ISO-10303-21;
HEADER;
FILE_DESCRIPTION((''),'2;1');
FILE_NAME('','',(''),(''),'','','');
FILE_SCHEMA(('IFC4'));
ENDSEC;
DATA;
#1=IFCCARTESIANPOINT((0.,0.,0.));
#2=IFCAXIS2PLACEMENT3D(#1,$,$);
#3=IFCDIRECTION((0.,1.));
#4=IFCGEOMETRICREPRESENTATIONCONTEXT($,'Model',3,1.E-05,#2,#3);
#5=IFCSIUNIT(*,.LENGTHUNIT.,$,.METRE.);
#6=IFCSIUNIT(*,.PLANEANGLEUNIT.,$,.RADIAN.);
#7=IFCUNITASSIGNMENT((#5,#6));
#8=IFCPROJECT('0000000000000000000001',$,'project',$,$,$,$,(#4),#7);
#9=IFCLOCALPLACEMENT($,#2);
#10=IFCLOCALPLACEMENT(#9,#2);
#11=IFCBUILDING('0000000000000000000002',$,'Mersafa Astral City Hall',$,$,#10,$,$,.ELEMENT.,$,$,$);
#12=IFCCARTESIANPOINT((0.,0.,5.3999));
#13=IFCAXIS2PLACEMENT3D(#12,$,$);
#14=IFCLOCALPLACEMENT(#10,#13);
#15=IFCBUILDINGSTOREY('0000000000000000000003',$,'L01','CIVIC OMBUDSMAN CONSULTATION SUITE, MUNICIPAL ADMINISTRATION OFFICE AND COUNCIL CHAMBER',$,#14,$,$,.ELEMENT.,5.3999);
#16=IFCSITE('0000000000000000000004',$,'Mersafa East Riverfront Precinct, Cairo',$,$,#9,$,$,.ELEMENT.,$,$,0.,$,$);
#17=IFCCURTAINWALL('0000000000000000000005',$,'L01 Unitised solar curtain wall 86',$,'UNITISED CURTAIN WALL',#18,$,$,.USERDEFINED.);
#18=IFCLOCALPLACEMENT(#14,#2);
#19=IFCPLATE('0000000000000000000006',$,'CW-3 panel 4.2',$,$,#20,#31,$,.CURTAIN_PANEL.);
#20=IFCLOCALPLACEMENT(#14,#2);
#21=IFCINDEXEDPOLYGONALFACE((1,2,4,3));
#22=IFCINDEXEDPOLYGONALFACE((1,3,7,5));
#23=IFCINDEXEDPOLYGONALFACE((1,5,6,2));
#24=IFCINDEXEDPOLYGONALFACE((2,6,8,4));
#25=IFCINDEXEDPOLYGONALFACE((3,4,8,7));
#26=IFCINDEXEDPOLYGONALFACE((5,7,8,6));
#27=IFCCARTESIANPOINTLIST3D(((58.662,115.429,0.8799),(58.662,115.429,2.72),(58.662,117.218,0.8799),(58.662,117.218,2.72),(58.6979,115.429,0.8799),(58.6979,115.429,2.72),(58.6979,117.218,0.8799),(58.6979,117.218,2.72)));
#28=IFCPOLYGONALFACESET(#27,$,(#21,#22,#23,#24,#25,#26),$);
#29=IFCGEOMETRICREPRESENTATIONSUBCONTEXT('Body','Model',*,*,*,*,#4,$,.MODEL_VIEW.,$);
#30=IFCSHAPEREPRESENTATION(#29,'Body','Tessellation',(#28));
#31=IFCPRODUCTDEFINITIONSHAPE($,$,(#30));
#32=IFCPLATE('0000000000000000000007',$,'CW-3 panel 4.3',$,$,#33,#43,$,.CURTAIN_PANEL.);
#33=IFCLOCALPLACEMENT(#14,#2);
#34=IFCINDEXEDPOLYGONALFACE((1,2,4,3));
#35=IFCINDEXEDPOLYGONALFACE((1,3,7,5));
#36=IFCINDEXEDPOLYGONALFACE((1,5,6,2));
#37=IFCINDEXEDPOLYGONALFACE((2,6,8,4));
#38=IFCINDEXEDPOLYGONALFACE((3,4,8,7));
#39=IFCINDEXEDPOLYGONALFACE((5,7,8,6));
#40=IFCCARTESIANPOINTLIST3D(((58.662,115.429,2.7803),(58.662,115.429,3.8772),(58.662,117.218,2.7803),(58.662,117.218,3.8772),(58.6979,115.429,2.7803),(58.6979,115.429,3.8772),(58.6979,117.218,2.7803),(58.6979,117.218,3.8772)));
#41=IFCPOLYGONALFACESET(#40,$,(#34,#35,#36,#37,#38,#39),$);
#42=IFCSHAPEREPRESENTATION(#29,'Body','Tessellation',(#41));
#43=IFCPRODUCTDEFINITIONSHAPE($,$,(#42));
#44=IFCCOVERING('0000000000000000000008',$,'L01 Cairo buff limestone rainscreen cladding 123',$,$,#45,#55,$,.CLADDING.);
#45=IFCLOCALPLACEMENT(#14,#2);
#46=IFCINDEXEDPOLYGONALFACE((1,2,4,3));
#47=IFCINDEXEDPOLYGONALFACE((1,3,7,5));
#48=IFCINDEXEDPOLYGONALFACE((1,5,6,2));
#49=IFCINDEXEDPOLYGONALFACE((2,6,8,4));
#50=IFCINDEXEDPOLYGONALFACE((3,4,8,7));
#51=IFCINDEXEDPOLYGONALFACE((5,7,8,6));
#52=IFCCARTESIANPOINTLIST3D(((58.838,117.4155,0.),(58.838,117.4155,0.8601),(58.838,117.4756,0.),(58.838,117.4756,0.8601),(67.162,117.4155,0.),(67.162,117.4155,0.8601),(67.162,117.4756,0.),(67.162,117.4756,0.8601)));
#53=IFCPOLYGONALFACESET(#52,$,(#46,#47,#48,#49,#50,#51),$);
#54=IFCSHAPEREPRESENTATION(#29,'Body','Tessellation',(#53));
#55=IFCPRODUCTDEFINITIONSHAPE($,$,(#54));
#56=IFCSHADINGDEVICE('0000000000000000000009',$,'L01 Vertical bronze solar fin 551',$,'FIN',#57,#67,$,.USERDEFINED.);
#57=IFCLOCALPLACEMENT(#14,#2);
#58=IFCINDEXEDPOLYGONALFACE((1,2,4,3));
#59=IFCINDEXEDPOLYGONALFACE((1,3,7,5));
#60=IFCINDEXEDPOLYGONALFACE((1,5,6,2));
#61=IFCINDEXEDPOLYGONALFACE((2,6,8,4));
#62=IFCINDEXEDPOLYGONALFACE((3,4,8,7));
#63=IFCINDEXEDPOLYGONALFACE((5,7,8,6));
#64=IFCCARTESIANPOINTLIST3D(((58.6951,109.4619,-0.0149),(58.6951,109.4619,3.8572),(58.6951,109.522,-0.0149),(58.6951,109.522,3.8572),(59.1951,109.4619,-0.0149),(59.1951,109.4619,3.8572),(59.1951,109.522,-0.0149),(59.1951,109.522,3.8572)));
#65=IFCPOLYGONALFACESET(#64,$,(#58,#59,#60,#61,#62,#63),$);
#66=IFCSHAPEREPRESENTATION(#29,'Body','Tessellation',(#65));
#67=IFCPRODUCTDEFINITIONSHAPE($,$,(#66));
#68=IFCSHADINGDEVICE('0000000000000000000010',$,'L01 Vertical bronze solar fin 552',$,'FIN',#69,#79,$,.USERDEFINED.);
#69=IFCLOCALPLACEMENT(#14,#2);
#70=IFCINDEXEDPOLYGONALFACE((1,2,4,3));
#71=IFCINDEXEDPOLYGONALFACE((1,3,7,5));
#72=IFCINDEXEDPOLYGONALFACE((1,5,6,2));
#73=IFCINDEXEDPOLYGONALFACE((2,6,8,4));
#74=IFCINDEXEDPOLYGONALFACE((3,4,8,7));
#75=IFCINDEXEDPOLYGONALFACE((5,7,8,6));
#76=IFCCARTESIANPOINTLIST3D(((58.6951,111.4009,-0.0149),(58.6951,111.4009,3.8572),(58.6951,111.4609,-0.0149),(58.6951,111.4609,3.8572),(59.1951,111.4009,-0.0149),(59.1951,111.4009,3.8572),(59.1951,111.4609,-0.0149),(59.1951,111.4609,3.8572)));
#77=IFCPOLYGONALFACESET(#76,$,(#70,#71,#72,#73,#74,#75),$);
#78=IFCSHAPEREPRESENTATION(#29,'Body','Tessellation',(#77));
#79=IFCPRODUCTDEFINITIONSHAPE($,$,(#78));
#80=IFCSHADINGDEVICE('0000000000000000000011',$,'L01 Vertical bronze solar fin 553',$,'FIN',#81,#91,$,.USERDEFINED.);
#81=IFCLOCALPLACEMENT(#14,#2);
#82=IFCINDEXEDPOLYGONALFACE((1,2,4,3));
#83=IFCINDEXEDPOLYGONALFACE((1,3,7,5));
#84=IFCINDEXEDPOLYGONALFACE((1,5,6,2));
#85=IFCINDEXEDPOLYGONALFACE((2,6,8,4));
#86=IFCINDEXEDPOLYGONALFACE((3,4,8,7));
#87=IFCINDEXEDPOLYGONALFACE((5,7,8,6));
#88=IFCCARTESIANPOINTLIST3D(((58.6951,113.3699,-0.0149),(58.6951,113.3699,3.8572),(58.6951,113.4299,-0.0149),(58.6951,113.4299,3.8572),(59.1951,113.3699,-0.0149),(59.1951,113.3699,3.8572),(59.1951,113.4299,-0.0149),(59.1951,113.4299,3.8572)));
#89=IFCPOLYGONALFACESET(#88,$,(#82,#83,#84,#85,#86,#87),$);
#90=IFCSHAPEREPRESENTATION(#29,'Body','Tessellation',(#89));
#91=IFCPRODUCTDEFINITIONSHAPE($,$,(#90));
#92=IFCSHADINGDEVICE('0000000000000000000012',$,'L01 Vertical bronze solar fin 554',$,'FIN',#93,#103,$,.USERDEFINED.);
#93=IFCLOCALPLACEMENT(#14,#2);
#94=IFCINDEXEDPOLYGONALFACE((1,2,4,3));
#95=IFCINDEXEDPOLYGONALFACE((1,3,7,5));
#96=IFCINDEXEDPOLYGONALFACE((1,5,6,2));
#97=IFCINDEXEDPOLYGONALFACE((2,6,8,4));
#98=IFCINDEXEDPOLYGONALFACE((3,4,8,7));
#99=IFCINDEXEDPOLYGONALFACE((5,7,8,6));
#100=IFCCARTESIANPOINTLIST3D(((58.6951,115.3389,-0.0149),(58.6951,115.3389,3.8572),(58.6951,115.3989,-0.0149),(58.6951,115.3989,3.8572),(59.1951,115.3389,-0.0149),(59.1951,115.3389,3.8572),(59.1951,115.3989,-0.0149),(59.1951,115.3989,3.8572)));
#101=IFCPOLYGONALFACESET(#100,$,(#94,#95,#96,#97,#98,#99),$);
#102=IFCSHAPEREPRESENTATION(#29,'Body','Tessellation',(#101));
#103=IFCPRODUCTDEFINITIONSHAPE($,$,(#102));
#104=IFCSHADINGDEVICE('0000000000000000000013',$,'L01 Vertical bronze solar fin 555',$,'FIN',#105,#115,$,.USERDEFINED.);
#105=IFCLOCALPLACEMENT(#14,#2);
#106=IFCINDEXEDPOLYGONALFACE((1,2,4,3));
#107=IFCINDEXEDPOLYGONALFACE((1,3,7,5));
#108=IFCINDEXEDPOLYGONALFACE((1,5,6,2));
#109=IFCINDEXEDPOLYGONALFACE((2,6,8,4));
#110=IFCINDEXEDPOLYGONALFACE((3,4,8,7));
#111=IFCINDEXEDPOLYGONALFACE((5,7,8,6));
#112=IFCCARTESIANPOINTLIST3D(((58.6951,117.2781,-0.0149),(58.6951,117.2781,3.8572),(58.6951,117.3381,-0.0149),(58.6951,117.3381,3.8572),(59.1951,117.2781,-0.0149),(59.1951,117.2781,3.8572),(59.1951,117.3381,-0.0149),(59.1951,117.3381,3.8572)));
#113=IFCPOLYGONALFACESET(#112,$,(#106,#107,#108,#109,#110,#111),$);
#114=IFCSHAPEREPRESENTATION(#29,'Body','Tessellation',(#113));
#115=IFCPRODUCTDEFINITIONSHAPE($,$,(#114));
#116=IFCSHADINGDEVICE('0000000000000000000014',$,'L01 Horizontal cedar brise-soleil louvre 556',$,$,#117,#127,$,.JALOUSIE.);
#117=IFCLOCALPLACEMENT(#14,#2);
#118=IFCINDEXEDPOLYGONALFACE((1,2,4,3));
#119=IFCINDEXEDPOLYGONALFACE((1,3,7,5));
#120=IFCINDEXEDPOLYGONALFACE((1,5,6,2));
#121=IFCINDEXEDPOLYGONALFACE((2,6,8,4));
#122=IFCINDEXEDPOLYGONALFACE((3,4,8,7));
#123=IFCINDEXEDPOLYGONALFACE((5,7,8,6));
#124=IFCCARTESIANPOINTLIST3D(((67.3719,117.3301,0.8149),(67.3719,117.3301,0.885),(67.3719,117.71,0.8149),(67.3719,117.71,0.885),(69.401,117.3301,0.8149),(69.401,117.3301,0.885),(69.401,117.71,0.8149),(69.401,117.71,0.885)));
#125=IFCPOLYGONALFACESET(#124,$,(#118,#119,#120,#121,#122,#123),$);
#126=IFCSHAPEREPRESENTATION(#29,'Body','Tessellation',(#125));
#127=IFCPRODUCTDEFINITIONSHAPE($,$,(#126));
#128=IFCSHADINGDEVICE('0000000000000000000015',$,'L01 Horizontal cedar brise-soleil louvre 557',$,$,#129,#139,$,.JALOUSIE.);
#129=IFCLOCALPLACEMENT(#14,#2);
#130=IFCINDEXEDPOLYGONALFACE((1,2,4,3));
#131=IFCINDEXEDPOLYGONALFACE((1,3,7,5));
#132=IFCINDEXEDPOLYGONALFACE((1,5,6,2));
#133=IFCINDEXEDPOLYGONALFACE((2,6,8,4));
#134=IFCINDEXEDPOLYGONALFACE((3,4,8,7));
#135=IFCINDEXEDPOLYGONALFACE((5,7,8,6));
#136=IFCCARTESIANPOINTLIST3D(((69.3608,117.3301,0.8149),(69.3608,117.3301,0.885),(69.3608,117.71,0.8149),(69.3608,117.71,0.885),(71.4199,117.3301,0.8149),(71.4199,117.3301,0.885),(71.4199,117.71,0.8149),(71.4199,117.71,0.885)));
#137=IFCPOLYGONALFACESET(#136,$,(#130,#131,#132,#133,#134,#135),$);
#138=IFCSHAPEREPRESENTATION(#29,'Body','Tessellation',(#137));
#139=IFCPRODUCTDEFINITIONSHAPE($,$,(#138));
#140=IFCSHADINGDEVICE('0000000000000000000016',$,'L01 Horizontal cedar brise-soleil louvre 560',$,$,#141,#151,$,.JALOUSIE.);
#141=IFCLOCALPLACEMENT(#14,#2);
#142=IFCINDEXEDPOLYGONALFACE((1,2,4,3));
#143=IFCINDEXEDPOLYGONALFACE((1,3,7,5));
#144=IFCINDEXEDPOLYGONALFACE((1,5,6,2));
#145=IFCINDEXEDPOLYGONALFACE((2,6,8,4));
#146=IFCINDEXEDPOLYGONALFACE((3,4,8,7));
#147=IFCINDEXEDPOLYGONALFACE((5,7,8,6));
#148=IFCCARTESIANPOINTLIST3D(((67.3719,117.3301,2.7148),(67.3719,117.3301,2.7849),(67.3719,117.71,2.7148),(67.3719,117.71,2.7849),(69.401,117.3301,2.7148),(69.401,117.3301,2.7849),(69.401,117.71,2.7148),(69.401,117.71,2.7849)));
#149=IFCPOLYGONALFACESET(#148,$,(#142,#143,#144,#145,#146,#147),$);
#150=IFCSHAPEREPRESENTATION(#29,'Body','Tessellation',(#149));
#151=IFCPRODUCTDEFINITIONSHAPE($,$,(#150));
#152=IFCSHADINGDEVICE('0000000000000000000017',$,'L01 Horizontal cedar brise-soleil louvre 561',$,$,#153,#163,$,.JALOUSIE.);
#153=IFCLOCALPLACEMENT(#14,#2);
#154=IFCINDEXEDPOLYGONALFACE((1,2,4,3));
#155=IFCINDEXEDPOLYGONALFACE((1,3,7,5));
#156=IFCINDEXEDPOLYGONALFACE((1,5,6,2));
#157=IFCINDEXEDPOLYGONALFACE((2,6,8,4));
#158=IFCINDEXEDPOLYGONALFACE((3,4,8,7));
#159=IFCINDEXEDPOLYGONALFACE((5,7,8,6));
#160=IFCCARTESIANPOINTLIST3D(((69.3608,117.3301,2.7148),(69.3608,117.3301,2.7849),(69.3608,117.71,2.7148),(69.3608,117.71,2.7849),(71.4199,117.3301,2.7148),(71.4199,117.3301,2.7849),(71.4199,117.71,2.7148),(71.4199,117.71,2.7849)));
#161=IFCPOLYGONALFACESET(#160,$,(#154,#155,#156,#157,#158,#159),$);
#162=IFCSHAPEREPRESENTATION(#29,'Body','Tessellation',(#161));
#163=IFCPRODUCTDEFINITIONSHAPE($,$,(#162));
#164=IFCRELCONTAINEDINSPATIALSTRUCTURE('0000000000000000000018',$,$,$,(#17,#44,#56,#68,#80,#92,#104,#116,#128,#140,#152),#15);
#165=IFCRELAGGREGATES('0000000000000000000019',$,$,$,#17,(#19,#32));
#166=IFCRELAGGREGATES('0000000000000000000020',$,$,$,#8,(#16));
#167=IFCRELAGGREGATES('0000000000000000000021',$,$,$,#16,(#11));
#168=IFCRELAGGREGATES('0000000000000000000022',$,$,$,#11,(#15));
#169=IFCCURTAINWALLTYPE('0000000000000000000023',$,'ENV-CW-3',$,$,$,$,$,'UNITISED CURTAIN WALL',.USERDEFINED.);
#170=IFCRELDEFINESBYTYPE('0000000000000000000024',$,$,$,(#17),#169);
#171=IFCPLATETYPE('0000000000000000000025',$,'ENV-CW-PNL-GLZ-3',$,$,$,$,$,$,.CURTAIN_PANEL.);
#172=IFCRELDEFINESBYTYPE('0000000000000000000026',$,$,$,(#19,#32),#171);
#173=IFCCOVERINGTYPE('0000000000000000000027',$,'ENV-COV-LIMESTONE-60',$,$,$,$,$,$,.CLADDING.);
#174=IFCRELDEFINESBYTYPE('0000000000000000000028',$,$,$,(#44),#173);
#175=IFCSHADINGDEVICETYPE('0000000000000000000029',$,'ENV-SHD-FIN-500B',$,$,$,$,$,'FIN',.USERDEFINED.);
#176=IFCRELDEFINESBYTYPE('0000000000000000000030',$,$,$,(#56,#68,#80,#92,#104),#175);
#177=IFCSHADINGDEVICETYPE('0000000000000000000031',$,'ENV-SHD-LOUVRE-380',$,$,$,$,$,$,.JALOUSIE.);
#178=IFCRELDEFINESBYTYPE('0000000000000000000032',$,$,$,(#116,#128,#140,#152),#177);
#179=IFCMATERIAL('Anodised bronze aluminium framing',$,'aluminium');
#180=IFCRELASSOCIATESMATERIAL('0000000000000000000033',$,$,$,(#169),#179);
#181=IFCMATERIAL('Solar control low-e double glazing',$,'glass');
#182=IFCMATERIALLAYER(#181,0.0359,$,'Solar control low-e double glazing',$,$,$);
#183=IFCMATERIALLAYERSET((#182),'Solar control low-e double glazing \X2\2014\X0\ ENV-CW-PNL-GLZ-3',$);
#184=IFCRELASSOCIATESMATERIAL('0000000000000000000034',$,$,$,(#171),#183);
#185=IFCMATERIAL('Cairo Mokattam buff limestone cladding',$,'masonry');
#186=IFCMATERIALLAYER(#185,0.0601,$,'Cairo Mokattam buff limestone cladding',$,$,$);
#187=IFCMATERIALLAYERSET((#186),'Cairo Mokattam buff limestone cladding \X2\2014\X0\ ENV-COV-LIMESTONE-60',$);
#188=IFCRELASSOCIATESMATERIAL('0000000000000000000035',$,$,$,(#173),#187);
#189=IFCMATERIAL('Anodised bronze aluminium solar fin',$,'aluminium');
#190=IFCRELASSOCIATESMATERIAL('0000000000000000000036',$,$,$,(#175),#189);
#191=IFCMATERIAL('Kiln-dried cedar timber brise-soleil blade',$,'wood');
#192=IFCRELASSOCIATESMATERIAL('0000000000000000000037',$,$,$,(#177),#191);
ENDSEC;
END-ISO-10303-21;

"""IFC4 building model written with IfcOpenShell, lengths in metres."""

from ifc_helpers import new_model, si_unit, direction, frame, origin, origin_2d, place, context, subcontext, project, spatial, rectangle, extrude, material, layer, layer_set, type_object, element, aggregate, save


model = new_model("IFC4")

# Units and contexts
model_context = context("Model", 3, precision=1e-05, world=origin(), true_north=direction((0.0, 1.0)))
body_context = subcontext(model_context, "Body", "Model", "MODEL_VIEW")
ifc_project = project(units=[si_unit("LENGTHUNIT", "METRE"), si_unit("PLANEANGLEUNIT", "RADIAN")], contexts=[model_context])

# Site, building, storey
site_placement = place(None, origin())
site = spatial("IfcSite", under=ifc_project, at=site_placement, Name="Mersafa East Riverfront Precinct, Cairo", CompositionType="ELEMENT", RefElevation=0.0)
building_placement = place(site_placement, origin())
building = spatial("IfcBuilding", under=site, at=building_placement, Name="Mersafa Astral City Hall", CompositionType="ELEMENT")
storey_placement = place(building_placement, frame((0.0, 0.0, 5.3999)))
storey = spatial("IfcBuildingStorey", under=building, at=storey_placement, Name="L01", Description="CIVIC OMBUDSMAN CONSULTATION SUITE, MUNICIPAL ADMINISTRATION OFFICE AND COUNCIL CHAMBER", CompositionType="ELEMENT", Elevation=5.3999)

# Curtain wall
ifc_material_1 = material(Name="Anodised bronze aluminium framing", Category="aluminium")
curtain_wall_type = type_object("IfcCurtainWallType", Name="ENV-CW-3", ElementType="UNITISED CURTAIN WALL", PredefinedType="USERDEFINED", material=ifc_material_1)
curtain_wall_placement = place(storey_placement, origin())
curtain_wall = element("IfcCurtainWall", 1, at=curtain_wall_placement, inside=storey, type_object=curtain_wall_type, Name="L01 Unitised solar curtain wall 86", ObjectType="UNITISED CURTAIN WALL", PredefinedType="USERDEFINED")

# Plates
ifc_material_2 = material(Name="Solar control low-e double glazing", Category="glass")
ifc_layer_1 = layer(ifc_material_2, 0.0359, Name="Solar control low-e double glazing")
ifc_layer_set_1 = layer_set([ifc_layer_1], Name="Solar control low-e double glazing — ENV-CW-PNL-GLZ-3")
plate_type = type_object("IfcPlateType", Name="ENV-CW-PNL-GLZ-3", PredefinedType="CURTAIN_PANEL", material=ifc_layer_set_1)
plate_1_placement = place(storey_placement, frame((58.6799, 116.3235, 0.8799), z_axis=(0.0, 0.0, 1.0), x_axis=(0.0, 1.0, 0.0)))
plate_1 = element("IfcPlate", 2, at=plate_1_placement, type_object=plate_type, Name="CW-3 panel 4.2", PredefinedType="CURTAIN_PANEL", context=body_context, shape_type="SweptSolid", body=[
    extrude(rectangle(XDim=1.7891, YDim=0.0359, at=origin_2d()), origin(), (0.0, 0.0, 1.0), 1.8401),
])
plate_2_placement = place(storey_placement, frame((58.6799, 116.3235, 2.7803), z_axis=(0.0, 0.0, 1.0), x_axis=(0.0, 1.0, 0.0)))
plate_2 = element("IfcPlate", 3, at=plate_2_placement, type_object=plate_type, Name="CW-3 panel 4.3", PredefinedType="CURTAIN_PANEL", context=body_context, shape_type="SweptSolid", body=[
    extrude(rectangle(XDim=1.7891, YDim=0.0359, at=origin_2d()), origin(), (0.0, 0.0, 1.0), 1.0969),
])
aggregate(curtain_wall, [plate_1, plate_2])

# Covering
ifc_material_3 = material(Name="Cairo Mokattam buff limestone cladding", Category="masonry")
ifc_layer_2 = layer(ifc_material_3, 0.0601, Name="Cairo Mokattam buff limestone cladding")
ifc_layer_set_2 = layer_set([ifc_layer_2], Name="Cairo Mokattam buff limestone cladding — ENV-COV-LIMESTONE-60")
covering_type = type_object("IfcCoveringType", Name="ENV-COV-LIMESTONE-60", PredefinedType="CLADDING", material=ifc_layer_set_2)
covering_placement = place(storey_placement, frame((63.0, 117.4456, 0.0), z_axis=(0.0, 0.0, 1.0), x_axis=(1.0, 0.0, 0.0)))
element("IfcCovering", 4, at=covering_placement, inside=storey, type_object=covering_type, Name="L01 Cairo buff limestone rainscreen cladding 123", PredefinedType="CLADDING", context=body_context, shape_type="SweptSolid", body=[
    extrude(rectangle(XDim=8.324, YDim=0.0601, at=origin_2d()), origin(), (0.0, 0.0, 1.0), 0.8601),
])

# Shading devices
ifc_material_4 = material(Name="Anodised bronze aluminium solar fin", Category="aluminium")
shading_device_type_1 = type_object("IfcShadingDeviceType", Name="ENV-SHD-FIN-500B", ElementType="FIN", PredefinedType="USERDEFINED", material=ifc_material_4)
for number, where, z_axis, x_axis, name in (
    (5, (58.9451, 109.4919, -0.0149), (0.0, 0.0, 1.0), (0.0, 1.0, 0.0), "L01 Vertical bronze solar fin 551"),
    (6, (58.9451, 111.4309, -0.0149), (0.0, 0.0, 1.0), (0.0, 1.0, 0.0), "L01 Vertical bronze solar fin 552"),
    (7, (58.9451, 113.3999, -0.0149), (0.0, 0.0, 1.0), (0.0, 1.0, 0.0), "L01 Vertical bronze solar fin 553"),
    (8, (58.9451, 115.3689, -0.0149), (0.0, 0.0, 1.0), (0.0, 1.0, 0.0), "L01 Vertical bronze solar fin 554"),
    (9, (58.9451, 117.3081, -0.0149), (0.0, 0.0, 1.0), (0.0, 1.0, 0.0), "L01 Vertical bronze solar fin 555"),
):
    element("IfcShadingDevice", number, at=place(storey_placement, frame(where, z_axis=z_axis, x_axis=x_axis)), inside=storey, type_object=shading_device_type_1, Name=name, ObjectType="FIN", PredefinedType="USERDEFINED", context=body_context, shape_type="SweptSolid", body=[
        extrude(rectangle(XDim=0.0601, YDim=0.5, at=origin_2d()), origin(), (0.0, 0.0, 1.0), 3.8721),
    ])
ifc_material_5 = material(Name="Kiln-dried cedar timber brise-soleil blade", Category="wood")
shading_device_type_2 = type_object("IfcShadingDeviceType", Name="ENV-SHD-LOUVRE-380", PredefinedType="JALOUSIE", material=ifc_material_5)
shading_device_1_placement = place(storey_placement, frame((68.3865, 117.52, 0.8149), z_axis=(0.0, 0.0, 1.0), x_axis=(1.0, 0.0, 0.0)))
element("IfcShadingDevice", 10, at=shading_device_1_placement, inside=storey, type_object=shading_device_type_2, Name="L01 Horizontal cedar brise-soleil louvre 556", PredefinedType="JALOUSIE", context=body_context, shape_type="SweptSolid", body=[
    extrude(rectangle(XDim=2.0291, YDim=0.3799, at=origin_2d()), origin(), (0.0, 0.0, 1.0), 0.0701),
])
shading_device_2_placement = place(storey_placement, frame((70.3904, 117.52, 0.8149), z_axis=(0.0, 0.0, 1.0), x_axis=(1.0, 0.0, 0.0)))
element("IfcShadingDevice", 11, at=shading_device_2_placement, inside=storey, type_object=shading_device_type_2, Name="L01 Horizontal cedar brise-soleil louvre 557", PredefinedType="JALOUSIE", context=body_context, shape_type="SweptSolid", body=[
    extrude(rectangle(XDim=2.0591, YDim=0.3799, at=origin_2d()), origin(), (0.0, 0.0, 1.0), 0.0701),
])
shading_device_3_placement = place(storey_placement, frame((68.3865, 117.52, 2.7148), z_axis=(0.0, 0.0, 1.0), x_axis=(1.0, 0.0, 0.0)))
element("IfcShadingDevice", 12, at=shading_device_3_placement, inside=storey, type_object=shading_device_type_2, Name="L01 Horizontal cedar brise-soleil louvre 560", PredefinedType="JALOUSIE", context=body_context, shape_type="SweptSolid", body=[
    extrude(rectangle(XDim=2.0291, YDim=0.3799, at=origin_2d()), origin(), (0.0, 0.0, 1.0), 0.0701),
])
shading_device_4_placement = place(storey_placement, frame((70.3904, 117.52, 2.7148), z_axis=(0.0, 0.0, 1.0), x_axis=(1.0, 0.0, 0.0)))
element("IfcShadingDevice", 13, at=shading_device_4_placement, inside=storey, type_object=shading_device_type_2, Name="L01 Horizontal cedar brise-soleil louvre 561", PredefinedType="JALOUSIE", context=body_context, shape_type="SweptSolid", body=[
    extrude(rectangle(XDim=2.0591, YDim=0.3799, at=origin_2d()), origin(), (0.0, 0.0, 1.0), 0.0701),
])

save(model, "model.ifc")
